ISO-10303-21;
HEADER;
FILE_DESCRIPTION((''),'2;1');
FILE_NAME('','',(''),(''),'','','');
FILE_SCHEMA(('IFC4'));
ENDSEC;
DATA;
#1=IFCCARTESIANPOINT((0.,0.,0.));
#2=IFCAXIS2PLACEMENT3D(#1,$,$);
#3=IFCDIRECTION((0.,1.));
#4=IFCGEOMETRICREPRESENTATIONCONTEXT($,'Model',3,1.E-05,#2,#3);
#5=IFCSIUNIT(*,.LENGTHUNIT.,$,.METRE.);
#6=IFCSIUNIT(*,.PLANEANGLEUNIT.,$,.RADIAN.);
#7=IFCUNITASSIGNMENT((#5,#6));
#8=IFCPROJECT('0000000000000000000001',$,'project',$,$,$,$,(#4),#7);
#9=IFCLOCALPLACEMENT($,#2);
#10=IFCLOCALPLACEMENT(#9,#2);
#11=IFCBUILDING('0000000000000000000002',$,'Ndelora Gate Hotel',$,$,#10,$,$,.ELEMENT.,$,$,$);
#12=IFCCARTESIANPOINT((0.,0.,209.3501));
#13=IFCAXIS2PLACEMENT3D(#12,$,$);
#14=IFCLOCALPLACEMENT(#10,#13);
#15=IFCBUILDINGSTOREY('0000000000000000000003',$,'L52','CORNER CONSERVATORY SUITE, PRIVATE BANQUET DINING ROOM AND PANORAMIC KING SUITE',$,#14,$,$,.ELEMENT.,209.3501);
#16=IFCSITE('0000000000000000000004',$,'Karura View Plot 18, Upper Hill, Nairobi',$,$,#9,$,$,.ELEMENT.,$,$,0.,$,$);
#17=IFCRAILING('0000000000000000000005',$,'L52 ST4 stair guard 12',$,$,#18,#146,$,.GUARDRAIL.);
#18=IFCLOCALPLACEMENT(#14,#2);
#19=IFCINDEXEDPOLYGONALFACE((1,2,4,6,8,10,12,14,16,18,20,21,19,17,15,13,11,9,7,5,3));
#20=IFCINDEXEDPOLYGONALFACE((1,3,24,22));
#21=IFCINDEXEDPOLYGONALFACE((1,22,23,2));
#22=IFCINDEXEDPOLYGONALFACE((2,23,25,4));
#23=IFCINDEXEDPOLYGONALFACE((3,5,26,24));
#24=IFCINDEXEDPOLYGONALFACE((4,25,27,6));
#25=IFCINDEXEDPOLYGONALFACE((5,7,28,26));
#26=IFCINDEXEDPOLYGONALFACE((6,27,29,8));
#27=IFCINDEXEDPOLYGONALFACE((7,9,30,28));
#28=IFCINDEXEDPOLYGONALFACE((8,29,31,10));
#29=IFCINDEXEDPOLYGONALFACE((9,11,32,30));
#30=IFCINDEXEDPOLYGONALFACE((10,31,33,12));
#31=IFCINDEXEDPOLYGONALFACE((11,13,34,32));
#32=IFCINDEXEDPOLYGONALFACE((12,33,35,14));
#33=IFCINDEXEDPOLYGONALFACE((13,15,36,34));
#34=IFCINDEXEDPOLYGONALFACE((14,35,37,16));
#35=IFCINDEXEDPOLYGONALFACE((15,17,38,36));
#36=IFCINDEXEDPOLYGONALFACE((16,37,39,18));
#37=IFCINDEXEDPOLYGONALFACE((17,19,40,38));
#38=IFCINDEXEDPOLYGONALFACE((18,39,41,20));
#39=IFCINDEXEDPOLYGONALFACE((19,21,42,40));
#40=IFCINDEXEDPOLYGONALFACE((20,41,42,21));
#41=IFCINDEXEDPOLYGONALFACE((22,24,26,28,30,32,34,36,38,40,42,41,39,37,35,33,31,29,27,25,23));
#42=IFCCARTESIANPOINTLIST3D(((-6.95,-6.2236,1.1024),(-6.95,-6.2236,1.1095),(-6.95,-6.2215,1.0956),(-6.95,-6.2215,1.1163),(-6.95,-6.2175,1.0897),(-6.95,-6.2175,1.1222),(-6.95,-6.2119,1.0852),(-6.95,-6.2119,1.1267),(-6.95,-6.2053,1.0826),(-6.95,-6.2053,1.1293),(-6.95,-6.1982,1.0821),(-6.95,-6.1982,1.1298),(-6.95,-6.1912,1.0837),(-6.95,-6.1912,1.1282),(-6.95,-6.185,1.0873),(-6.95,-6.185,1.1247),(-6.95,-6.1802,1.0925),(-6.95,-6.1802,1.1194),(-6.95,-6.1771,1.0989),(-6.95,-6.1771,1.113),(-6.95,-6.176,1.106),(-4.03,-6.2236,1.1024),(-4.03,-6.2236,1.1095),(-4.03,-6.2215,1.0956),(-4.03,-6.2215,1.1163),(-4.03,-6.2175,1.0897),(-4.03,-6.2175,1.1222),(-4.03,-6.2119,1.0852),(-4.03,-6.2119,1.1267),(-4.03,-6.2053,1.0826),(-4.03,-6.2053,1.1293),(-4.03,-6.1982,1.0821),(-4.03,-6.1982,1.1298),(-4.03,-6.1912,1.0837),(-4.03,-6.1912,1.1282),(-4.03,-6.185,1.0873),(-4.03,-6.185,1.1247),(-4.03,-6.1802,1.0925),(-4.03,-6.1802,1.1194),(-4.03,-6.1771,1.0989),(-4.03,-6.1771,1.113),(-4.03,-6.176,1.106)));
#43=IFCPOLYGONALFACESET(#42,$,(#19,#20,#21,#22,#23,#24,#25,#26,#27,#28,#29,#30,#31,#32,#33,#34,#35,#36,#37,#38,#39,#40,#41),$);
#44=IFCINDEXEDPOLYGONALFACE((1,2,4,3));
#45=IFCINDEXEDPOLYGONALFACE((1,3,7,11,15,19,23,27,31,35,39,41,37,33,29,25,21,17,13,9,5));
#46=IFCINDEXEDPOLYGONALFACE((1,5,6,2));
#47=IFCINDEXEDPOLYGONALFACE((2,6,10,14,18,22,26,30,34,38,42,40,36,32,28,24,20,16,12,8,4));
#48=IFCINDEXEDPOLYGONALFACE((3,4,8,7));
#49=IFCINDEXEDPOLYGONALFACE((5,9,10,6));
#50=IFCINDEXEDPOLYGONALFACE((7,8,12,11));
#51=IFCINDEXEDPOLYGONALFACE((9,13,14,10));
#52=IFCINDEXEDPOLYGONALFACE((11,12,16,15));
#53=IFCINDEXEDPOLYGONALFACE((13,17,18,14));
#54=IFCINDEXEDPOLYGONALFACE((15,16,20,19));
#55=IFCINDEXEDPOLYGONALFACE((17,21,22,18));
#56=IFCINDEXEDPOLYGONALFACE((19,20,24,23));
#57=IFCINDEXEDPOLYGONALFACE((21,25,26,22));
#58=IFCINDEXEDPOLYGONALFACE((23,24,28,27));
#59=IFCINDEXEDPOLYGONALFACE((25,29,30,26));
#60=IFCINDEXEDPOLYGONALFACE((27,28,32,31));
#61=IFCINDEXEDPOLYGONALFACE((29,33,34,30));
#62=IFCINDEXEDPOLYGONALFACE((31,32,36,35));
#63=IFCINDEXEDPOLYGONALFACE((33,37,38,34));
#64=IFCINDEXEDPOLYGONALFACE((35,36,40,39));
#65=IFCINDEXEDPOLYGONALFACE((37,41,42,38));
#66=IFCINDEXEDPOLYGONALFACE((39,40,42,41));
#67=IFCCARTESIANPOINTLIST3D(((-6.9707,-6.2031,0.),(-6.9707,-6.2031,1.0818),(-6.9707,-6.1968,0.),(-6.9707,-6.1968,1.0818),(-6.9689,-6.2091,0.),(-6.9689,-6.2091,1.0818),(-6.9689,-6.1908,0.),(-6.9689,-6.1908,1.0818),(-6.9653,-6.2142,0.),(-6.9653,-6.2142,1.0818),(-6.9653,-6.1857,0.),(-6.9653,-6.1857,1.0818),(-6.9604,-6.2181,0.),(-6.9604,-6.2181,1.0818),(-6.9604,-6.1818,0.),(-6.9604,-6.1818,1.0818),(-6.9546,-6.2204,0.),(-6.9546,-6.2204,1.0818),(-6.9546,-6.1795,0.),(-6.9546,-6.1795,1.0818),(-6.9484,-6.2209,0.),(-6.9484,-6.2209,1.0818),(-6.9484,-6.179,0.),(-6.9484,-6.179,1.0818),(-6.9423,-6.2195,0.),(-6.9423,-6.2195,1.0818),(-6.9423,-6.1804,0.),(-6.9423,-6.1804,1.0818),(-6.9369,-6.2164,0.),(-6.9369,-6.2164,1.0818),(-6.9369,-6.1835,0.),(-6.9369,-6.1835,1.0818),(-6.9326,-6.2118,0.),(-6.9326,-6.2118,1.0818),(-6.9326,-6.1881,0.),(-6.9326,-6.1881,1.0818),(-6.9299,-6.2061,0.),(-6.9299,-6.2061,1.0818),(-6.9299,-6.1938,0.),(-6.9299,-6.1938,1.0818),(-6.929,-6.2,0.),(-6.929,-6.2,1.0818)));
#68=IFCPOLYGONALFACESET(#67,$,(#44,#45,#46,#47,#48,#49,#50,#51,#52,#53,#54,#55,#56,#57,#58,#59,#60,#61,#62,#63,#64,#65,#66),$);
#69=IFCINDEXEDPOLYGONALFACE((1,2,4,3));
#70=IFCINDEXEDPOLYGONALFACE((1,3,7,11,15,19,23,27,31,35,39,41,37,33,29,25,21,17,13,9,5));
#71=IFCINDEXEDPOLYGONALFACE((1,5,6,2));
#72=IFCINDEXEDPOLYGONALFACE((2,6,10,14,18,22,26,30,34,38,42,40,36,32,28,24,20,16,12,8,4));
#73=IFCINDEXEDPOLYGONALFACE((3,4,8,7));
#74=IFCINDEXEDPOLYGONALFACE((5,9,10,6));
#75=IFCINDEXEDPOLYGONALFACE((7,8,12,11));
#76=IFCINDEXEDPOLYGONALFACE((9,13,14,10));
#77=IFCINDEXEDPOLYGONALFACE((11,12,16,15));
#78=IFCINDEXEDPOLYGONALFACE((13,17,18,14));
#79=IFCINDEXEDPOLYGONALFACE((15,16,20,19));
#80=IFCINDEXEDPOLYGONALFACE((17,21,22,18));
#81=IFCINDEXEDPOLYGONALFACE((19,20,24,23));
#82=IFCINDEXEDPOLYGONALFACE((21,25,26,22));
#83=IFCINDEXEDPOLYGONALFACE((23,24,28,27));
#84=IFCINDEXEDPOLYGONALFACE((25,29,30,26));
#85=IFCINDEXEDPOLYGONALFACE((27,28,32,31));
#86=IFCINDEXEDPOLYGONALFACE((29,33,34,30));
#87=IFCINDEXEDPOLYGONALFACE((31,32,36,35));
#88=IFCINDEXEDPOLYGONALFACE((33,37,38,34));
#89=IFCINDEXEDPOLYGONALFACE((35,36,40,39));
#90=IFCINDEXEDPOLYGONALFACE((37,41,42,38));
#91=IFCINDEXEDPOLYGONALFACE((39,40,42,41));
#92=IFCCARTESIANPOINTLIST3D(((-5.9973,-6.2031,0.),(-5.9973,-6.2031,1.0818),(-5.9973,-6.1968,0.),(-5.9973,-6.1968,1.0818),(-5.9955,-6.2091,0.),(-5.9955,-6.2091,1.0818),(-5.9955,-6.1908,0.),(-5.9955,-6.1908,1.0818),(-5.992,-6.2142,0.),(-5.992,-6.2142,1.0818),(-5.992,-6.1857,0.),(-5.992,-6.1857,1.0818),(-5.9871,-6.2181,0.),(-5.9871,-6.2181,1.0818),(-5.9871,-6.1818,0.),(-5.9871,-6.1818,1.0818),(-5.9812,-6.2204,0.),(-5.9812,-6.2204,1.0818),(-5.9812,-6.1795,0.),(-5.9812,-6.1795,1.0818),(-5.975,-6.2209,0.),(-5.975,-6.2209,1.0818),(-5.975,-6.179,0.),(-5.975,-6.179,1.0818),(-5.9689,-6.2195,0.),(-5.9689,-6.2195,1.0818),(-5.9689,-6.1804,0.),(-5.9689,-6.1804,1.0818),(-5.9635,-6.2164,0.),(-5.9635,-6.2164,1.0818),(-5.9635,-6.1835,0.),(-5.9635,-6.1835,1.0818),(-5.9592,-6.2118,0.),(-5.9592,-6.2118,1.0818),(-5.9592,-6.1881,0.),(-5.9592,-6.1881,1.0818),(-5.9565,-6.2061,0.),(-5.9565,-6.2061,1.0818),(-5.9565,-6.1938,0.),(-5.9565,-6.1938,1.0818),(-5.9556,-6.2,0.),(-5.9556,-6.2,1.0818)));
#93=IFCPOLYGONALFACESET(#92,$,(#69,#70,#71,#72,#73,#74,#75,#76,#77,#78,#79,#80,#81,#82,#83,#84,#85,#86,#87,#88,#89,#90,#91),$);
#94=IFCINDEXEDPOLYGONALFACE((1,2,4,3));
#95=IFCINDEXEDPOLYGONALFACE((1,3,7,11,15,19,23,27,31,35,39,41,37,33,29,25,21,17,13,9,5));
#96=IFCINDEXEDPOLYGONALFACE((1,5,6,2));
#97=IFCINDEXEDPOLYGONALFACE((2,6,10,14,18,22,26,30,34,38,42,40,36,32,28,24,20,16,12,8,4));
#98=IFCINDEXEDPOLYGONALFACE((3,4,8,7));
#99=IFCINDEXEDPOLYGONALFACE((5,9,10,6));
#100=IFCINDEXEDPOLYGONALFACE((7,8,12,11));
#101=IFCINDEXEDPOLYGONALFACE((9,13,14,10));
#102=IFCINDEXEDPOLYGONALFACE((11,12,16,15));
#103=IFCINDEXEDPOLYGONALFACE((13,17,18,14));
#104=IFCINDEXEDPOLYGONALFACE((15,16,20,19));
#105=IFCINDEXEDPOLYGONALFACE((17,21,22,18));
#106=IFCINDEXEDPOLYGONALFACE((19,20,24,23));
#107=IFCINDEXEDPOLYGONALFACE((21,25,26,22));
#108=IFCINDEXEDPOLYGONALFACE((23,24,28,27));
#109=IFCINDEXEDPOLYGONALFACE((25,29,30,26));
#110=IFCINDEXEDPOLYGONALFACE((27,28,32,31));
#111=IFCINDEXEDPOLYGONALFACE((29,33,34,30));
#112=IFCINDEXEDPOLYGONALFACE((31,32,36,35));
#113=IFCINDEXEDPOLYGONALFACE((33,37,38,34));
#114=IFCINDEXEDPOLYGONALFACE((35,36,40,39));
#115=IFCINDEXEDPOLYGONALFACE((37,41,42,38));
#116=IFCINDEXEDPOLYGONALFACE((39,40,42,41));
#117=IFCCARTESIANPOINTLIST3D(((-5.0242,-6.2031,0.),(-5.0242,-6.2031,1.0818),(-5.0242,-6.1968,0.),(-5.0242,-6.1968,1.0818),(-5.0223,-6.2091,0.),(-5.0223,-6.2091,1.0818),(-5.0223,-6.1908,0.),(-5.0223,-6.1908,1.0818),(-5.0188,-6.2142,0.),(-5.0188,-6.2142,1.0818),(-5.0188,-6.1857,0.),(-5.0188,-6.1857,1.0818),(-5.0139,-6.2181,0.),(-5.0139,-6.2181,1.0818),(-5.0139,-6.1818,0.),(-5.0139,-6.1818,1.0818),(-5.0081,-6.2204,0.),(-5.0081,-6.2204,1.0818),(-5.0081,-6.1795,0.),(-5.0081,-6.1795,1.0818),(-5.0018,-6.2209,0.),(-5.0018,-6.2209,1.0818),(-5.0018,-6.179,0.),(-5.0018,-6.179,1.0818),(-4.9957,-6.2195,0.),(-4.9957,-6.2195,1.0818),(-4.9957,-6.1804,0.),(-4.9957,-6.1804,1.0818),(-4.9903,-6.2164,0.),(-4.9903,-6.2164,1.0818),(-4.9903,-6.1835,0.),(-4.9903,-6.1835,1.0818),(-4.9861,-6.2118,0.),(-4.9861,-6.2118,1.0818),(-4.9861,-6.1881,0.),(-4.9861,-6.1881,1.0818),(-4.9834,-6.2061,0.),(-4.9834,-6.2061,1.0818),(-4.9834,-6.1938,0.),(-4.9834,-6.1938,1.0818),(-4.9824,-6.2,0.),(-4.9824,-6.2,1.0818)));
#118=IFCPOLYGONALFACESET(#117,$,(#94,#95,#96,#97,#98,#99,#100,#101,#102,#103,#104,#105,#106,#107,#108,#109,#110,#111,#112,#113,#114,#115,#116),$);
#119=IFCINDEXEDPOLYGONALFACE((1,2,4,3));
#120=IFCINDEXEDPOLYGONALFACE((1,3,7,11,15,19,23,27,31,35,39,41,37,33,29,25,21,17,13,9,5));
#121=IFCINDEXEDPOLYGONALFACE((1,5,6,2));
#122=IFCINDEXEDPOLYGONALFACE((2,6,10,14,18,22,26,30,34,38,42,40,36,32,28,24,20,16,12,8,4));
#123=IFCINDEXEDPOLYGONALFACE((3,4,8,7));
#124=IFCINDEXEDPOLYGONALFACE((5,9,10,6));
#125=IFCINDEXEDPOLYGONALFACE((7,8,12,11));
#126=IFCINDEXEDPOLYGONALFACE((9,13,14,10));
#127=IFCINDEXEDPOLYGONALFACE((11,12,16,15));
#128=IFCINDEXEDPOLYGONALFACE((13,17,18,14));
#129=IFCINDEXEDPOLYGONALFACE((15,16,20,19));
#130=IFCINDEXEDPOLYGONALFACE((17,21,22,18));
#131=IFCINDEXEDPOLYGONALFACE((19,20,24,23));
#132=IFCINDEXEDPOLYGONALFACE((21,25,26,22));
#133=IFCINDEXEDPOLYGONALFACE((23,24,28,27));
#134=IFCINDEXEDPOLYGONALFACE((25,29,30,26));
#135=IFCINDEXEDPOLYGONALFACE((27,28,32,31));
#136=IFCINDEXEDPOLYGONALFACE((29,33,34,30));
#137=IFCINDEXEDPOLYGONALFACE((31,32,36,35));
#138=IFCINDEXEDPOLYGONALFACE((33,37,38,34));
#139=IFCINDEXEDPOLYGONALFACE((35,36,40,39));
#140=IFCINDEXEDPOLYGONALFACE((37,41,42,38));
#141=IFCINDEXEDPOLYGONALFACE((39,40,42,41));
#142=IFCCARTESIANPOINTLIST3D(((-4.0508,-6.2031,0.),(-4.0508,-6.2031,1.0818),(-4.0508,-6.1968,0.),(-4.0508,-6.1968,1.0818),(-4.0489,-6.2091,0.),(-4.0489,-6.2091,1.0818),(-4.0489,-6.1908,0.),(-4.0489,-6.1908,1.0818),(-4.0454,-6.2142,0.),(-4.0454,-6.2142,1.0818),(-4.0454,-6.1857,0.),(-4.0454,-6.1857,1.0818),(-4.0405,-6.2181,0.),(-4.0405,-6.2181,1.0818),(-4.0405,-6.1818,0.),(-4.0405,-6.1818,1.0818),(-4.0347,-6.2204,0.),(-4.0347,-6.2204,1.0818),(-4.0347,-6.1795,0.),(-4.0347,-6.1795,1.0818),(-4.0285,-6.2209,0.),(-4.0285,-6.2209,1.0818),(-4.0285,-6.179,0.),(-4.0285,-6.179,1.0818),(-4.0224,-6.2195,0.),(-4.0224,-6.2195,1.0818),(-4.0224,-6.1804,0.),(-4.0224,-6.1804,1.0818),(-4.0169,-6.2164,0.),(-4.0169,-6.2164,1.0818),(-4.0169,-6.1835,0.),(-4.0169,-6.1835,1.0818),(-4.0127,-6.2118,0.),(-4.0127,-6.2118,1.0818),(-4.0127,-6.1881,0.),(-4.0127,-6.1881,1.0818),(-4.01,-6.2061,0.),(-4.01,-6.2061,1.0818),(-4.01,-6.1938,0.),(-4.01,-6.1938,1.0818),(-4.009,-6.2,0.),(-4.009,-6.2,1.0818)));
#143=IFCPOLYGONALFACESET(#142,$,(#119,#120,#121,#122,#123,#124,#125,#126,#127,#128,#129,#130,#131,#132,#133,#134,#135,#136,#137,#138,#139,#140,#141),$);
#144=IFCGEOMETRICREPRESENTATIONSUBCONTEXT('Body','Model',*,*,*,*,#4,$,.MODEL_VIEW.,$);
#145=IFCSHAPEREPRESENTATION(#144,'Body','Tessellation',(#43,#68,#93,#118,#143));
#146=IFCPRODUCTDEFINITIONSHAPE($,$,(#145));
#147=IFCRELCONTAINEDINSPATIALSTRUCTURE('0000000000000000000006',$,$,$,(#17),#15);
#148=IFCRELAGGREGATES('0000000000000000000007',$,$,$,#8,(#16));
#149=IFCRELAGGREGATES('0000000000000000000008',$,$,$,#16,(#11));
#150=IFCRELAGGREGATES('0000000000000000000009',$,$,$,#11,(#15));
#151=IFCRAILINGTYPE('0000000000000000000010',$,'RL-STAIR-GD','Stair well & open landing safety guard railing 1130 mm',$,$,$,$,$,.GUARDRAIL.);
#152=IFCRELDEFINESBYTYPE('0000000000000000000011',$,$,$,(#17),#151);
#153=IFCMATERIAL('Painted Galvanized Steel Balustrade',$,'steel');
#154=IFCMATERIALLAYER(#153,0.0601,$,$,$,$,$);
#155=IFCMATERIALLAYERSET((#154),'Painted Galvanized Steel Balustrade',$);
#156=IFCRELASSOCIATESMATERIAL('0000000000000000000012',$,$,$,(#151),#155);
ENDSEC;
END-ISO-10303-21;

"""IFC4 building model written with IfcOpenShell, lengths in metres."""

from ifc_helpers import new_model, si_unit, direction, frame, origin, origin_2d, place, context, subcontext, project, spatial, circle, extrude, material, layer, layer_set, type_object, element, save


model = new_model("IFC4")

# Units and contexts
model_context = context("Model", 3, precision=1e-05, world=origin(), true_north=direction((0.0, 1.0)))
body_context = subcontext(model_context, "Body", "Model", "MODEL_VIEW")
ifc_project = project(units=[si_unit("LENGTHUNIT", "METRE"), si_unit("PLANEANGLEUNIT", "RADIAN")], contexts=[model_context])

# Site, building, storey
site_placement = place(None, origin())
site = spatial("IfcSite", under=ifc_project, at=site_placement, Name="Karura View Plot 18, Upper Hill, Nairobi", CompositionType="ELEMENT", RefElevation=0.0)
building_placement = place(site_placement, origin())
building = spatial("IfcBuilding", under=site, at=building_placement, Name="Ndelora Gate Hotel", CompositionType="ELEMENT")
storey_placement = place(building_placement, frame((0.0, 0.0, 209.3501)))
storey = spatial("IfcBuildingStorey", under=building, at=storey_placement, Name="L52", Description="CORNER CONSERVATORY SUITE, PRIVATE BANQUET DINING ROOM AND PANORAMIC KING SUITE", CompositionType="ELEMENT", Elevation=209.3501)

# Railing
ifc_material_1 = material(Name="Painted Galvanized Steel Balustrade", Category="steel")
ifc_layer_1 = layer(ifc_material_1, 0.0601)
ifc_layer_set_1 = layer_set([ifc_layer_1], Name="Painted Galvanized Steel Balustrade")
railing_type_1 = type_object("IfcRailingType", Name="RL-STAIR-GD", Description="Stair well & open landing safety guard railing 1130 mm", PredefinedType="GUARDRAIL", material=ifc_layer_set_1)
railing_1_placement = place(storey_placement, frame((-6.95, -6.2, 0.0)))
element("IfcRailing", 1, at=railing_1_placement, inside=storey, type_object=railing_type_1, Name="L52 ST4 stair guard 12", PredefinedType="GUARDRAIL", context=body_context, shape_type="SweptSolid", body=[
    extrude(circle(Radius=0.0239, at=origin_2d()), frame((0.0, 0.0, 1.106), z_axis=(1.0, 0.0, 0.0), x_axis=(0.0, 1.0, 0.0)), (0.0, 0.0, 1.0), 2.9199),
    extrude(circle(Radius=0.021, at=origin_2d()), origin(), (0.0, 0.0, 1.0), 1.0818),
    extrude(circle(Radius=0.021, at=origin_2d()), frame((0.9734, 0.0, 0.0)), (0.0, 0.0, 1.0), 1.0818),
    extrude(circle(Radius=0.021, at=origin_2d()), frame((1.9465, 0.0, 0.0)), (0.0, 0.0, 1.0), 1.0818),
    extrude(circle(Radius=0.021, at=origin_2d()), frame((2.9199, 0.0, 0.0)), (0.0, 0.0, 1.0), 1.0818),
])

save(model, "model.ifc")
